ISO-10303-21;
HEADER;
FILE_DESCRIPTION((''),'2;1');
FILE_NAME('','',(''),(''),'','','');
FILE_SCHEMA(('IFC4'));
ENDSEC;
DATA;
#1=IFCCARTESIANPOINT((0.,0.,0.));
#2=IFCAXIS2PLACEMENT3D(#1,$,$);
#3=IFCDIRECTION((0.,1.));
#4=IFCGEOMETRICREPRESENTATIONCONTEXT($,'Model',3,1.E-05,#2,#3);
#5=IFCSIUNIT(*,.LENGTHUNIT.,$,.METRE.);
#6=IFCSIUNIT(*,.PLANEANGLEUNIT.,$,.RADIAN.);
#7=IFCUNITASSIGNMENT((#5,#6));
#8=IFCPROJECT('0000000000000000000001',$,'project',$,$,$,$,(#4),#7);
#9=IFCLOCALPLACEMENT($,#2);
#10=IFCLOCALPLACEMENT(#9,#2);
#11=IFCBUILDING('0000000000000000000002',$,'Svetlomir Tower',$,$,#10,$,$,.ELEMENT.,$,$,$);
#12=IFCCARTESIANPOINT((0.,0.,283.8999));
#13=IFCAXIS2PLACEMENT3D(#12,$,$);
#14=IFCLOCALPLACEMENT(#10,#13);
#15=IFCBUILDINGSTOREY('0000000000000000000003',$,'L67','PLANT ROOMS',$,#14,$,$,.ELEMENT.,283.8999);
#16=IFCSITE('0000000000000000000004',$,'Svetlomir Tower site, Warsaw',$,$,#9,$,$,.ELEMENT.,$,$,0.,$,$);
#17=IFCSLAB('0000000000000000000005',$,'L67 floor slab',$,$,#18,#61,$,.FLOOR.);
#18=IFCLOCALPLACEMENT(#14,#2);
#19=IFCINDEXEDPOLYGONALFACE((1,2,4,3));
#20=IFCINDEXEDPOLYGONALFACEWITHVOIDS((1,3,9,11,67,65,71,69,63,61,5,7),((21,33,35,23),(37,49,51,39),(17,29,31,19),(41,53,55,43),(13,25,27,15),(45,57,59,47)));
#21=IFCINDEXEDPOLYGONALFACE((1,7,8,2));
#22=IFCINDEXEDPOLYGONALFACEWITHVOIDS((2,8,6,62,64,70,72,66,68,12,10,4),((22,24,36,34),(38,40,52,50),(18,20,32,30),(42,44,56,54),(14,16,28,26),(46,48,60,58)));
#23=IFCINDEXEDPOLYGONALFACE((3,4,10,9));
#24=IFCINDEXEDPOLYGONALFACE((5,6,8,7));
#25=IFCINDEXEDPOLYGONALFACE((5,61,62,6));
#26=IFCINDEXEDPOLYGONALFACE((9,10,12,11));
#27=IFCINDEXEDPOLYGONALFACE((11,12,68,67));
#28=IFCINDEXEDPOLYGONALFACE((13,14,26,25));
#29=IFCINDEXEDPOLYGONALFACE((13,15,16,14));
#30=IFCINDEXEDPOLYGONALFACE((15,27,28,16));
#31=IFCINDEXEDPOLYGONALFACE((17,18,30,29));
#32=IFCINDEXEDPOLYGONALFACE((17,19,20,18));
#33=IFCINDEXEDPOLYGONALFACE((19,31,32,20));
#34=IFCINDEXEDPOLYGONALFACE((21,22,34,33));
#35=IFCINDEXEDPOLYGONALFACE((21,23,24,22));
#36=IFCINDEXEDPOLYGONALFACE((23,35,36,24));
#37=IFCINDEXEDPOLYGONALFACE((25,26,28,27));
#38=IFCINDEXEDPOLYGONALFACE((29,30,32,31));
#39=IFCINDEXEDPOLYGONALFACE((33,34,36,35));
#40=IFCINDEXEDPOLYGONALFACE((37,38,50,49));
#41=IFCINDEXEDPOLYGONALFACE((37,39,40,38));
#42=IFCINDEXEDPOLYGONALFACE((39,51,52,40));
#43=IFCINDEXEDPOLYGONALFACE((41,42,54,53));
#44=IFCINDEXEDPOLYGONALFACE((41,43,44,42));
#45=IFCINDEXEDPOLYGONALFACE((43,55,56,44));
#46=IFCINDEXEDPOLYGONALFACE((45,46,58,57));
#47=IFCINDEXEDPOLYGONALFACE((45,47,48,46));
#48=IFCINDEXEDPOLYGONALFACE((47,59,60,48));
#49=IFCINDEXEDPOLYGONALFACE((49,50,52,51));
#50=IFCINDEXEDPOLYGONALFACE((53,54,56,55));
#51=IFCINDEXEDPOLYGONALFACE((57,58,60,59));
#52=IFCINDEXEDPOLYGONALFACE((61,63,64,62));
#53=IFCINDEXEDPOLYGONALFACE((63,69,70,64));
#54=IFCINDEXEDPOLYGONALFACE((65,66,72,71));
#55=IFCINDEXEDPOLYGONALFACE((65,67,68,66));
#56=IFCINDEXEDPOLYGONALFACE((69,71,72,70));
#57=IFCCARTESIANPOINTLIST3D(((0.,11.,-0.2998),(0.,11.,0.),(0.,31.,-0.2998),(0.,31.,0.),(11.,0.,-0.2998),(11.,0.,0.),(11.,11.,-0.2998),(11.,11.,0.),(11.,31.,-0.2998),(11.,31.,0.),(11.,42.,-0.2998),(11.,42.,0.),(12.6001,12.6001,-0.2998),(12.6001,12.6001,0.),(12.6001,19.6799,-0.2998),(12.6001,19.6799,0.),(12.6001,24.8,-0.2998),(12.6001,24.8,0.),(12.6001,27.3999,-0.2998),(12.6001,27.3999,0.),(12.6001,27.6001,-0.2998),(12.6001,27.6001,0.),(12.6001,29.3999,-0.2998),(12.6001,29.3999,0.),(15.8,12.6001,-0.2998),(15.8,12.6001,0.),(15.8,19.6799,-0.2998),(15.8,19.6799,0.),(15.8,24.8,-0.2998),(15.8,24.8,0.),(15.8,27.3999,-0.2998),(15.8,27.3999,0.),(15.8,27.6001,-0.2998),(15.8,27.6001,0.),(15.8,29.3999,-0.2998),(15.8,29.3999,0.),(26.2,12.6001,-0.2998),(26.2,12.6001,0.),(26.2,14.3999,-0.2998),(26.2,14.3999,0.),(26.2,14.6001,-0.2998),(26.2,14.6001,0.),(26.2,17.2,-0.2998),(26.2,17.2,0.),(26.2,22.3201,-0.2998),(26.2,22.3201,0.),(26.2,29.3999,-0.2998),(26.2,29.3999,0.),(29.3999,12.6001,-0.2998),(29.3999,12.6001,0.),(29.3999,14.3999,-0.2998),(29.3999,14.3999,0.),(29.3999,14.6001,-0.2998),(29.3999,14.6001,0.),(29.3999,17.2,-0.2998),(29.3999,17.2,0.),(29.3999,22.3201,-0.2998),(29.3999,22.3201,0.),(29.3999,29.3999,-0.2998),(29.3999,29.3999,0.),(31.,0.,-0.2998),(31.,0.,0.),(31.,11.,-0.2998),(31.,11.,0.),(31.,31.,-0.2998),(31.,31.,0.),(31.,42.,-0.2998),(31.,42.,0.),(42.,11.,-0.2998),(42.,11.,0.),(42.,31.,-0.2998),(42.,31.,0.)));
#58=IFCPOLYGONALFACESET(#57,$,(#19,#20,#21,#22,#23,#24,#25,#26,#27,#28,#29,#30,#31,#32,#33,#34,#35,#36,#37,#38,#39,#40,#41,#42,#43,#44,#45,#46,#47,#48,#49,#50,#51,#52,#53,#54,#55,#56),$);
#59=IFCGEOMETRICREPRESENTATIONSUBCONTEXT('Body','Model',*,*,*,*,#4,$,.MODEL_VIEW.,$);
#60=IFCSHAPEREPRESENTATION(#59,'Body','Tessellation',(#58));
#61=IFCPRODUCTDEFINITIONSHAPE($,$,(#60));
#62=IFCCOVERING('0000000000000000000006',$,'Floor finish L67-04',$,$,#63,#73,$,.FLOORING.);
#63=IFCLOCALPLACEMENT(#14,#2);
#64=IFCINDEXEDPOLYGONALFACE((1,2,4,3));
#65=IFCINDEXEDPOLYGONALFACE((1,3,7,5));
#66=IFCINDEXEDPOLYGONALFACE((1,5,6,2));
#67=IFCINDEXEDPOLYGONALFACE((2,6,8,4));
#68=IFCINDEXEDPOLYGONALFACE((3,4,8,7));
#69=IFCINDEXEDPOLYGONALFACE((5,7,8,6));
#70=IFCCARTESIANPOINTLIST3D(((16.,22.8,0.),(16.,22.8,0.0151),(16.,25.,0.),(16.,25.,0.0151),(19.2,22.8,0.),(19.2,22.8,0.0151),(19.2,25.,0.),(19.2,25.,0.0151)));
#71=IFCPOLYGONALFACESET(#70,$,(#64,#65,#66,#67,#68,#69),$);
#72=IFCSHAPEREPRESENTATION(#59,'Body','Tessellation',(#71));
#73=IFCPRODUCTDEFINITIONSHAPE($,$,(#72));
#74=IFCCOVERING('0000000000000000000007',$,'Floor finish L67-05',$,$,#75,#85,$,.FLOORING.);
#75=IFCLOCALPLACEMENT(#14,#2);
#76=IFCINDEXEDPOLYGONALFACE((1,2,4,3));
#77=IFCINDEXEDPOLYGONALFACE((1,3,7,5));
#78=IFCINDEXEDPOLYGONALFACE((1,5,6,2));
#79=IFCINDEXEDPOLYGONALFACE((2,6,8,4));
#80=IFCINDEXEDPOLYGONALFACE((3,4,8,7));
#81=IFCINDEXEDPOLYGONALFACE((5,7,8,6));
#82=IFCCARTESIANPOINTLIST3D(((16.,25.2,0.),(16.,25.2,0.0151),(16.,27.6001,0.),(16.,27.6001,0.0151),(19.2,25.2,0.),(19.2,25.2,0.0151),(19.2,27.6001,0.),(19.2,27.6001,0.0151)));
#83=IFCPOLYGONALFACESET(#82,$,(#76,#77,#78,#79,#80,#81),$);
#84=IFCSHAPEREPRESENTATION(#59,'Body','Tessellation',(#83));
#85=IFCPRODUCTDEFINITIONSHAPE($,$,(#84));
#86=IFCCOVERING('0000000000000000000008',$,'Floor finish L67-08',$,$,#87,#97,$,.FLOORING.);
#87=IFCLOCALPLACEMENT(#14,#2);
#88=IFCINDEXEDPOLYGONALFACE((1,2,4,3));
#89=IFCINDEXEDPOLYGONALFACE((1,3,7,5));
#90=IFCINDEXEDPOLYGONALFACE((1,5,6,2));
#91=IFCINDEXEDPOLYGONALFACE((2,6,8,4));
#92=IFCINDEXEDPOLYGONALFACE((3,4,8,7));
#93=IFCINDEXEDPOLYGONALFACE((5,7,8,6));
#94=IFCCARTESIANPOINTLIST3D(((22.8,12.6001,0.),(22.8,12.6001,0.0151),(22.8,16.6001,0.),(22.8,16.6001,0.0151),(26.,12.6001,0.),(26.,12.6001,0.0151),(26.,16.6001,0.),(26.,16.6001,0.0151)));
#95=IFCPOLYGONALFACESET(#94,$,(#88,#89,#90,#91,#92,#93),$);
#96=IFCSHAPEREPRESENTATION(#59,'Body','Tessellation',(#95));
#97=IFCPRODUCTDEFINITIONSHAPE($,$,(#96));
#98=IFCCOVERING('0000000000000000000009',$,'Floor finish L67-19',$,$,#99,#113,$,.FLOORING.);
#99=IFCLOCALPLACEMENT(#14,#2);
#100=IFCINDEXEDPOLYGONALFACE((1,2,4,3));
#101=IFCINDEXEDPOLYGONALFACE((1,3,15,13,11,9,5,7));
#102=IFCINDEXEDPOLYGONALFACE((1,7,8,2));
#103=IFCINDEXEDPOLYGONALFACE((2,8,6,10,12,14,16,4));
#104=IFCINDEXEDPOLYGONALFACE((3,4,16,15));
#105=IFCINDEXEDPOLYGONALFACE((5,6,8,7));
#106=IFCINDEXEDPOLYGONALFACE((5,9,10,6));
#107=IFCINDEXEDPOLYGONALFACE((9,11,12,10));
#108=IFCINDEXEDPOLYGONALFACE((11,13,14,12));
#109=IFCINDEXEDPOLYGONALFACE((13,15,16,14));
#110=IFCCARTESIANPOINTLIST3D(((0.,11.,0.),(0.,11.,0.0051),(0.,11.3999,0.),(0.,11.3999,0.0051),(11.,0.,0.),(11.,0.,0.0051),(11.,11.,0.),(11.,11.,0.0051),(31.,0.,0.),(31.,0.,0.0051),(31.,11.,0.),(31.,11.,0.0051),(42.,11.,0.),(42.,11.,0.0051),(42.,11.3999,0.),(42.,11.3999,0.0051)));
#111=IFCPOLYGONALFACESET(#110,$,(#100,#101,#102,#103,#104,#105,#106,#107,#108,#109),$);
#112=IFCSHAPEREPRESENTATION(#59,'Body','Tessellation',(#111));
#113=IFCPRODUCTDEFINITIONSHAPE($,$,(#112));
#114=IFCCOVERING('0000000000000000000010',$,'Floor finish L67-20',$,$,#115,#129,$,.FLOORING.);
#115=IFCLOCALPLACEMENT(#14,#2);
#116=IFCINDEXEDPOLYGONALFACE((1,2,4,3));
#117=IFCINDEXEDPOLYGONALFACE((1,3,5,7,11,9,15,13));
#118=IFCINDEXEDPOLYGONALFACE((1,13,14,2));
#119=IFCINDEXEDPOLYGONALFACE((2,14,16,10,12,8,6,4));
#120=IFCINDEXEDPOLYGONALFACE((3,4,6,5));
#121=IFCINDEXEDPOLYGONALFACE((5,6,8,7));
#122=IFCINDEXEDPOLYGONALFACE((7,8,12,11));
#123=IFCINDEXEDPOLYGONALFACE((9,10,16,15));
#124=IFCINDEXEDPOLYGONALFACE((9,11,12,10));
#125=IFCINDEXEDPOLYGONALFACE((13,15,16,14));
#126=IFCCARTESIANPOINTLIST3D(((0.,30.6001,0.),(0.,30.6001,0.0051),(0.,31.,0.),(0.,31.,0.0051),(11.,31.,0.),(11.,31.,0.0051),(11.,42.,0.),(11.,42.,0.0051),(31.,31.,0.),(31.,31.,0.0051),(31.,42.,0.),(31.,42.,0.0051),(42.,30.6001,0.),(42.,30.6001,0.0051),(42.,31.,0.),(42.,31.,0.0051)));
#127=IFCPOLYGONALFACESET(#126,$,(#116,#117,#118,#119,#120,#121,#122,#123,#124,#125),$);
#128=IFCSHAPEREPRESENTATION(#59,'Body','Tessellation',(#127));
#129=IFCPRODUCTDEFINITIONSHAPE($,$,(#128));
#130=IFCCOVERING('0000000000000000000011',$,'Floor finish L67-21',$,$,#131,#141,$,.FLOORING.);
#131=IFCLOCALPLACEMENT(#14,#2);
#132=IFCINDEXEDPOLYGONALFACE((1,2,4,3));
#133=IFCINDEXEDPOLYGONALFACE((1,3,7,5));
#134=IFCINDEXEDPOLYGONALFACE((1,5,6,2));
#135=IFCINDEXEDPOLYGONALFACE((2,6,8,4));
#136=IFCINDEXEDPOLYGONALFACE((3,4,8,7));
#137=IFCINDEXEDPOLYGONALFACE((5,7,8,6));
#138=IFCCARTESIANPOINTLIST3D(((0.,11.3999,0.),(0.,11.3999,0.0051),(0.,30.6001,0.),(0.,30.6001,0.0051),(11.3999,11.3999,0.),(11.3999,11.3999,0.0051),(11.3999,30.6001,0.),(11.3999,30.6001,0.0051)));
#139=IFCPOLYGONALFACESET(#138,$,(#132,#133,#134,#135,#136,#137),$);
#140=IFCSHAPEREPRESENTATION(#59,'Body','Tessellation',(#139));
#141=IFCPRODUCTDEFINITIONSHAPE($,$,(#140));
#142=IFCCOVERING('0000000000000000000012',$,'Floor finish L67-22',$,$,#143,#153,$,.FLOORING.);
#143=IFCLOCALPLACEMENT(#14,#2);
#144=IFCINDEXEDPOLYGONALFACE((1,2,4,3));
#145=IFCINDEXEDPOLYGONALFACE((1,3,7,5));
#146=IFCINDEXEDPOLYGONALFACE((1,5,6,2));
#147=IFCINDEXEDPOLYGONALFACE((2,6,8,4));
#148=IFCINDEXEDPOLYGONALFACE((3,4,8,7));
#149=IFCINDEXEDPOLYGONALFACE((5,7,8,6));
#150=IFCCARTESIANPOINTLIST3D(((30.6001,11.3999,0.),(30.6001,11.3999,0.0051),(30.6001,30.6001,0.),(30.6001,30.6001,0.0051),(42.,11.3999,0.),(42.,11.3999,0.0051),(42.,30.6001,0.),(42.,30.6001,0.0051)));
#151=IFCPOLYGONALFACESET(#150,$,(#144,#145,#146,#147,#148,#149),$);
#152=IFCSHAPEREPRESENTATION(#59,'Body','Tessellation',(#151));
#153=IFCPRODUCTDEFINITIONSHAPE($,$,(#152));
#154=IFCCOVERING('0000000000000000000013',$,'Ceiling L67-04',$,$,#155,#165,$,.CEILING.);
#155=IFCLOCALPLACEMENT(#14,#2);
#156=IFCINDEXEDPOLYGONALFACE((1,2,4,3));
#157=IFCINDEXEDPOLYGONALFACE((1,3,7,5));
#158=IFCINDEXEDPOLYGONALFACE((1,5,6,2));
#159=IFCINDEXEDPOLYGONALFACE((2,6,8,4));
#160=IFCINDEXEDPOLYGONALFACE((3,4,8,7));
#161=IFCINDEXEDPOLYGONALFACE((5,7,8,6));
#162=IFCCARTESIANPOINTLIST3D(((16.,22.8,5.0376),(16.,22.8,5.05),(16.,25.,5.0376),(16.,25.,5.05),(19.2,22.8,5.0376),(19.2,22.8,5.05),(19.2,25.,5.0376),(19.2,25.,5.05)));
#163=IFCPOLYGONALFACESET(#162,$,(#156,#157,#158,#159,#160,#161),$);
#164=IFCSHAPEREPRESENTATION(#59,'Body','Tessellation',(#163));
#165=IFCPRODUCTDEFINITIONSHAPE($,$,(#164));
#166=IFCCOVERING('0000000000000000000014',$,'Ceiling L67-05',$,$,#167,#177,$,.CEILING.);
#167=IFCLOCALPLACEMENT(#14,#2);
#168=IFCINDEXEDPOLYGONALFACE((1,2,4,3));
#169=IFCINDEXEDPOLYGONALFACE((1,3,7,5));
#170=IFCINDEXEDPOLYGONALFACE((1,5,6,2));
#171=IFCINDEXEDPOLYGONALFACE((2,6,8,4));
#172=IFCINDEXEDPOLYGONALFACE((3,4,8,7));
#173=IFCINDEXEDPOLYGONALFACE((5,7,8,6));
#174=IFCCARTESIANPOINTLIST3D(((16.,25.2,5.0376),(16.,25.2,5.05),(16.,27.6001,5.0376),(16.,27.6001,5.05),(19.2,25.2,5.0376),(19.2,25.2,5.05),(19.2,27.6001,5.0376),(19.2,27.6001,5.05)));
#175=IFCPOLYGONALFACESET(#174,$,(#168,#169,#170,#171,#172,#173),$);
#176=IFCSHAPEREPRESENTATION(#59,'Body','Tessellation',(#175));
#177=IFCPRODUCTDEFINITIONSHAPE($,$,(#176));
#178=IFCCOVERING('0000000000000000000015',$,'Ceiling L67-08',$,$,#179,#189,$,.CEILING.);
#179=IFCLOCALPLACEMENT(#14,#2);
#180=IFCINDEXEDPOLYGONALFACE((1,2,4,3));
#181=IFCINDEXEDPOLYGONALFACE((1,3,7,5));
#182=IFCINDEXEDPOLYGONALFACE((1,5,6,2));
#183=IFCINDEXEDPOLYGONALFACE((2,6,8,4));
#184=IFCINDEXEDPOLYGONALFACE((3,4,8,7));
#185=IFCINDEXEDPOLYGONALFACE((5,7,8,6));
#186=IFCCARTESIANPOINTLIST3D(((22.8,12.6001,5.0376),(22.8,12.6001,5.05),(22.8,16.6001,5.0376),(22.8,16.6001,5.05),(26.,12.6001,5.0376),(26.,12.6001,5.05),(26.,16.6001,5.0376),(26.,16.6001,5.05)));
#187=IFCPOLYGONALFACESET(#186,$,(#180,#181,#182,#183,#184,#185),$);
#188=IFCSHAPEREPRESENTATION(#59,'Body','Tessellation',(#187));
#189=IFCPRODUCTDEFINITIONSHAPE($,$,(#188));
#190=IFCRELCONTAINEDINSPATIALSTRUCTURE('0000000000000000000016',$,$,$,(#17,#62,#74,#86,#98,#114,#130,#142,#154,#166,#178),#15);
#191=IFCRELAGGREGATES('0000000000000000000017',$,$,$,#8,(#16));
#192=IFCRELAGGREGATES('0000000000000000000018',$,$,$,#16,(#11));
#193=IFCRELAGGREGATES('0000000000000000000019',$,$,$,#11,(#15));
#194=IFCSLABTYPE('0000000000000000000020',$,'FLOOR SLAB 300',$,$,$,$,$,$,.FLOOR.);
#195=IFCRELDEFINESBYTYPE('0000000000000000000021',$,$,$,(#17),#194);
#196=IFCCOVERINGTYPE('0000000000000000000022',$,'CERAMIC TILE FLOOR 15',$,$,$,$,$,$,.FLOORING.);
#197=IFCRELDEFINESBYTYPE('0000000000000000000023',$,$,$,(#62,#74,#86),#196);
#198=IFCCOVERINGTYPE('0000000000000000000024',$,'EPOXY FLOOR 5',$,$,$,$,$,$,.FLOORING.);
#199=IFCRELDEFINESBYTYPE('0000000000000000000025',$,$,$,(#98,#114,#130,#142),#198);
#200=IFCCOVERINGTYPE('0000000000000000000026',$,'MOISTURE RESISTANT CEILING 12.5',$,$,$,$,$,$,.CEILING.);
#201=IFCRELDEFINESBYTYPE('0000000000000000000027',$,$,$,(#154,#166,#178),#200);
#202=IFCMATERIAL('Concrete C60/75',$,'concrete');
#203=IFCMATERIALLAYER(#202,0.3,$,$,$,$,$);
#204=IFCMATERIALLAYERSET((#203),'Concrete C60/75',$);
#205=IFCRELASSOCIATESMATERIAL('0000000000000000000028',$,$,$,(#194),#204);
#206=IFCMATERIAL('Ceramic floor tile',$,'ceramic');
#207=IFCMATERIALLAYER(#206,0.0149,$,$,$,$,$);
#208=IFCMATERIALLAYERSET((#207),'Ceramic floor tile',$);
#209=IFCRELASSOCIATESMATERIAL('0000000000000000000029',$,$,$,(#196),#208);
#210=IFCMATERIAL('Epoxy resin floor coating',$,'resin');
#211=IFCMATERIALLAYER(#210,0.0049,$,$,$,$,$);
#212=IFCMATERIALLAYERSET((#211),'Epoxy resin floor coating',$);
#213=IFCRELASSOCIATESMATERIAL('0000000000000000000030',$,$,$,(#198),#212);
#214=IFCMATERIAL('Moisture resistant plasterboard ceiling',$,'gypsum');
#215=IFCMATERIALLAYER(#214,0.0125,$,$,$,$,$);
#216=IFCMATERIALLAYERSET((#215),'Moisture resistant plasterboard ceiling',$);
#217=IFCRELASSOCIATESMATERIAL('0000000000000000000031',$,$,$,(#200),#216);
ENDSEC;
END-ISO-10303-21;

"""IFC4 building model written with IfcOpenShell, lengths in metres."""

from ifc_helpers import new_model, si_unit, direction, frame, origin, place, context, subcontext, project, spatial, polyline, outline, extrude, material, layer, layer_set, type_object, element, save


model = new_model("IFC4")

# Units and contexts
model_context = context("Model", 3, precision=1e-05, world=origin(), true_north=direction((0.0, 1.0)))
body_context = subcontext(model_context, "Body", "Model", "MODEL_VIEW")
ifc_project = project(units=[si_unit("LENGTHUNIT", "METRE"), si_unit("PLANEANGLEUNIT", "RADIAN")], contexts=[model_context])

# Site, building, storey
site_placement = place(None, origin())
site = spatial("IfcSite", under=ifc_project, at=site_placement, Name="Svetlomir Tower site, Warsaw", CompositionType="ELEMENT", RefElevation=0.0)
building_placement = place(site_placement, origin())
building = spatial("IfcBuilding", under=site, at=building_placement, Name="Svetlomir Tower", CompositionType="ELEMENT")
storey_placement = place(building_placement, frame((0.0, 0.0, 283.8999)))
storey = spatial("IfcBuildingStorey", under=building, at=storey_placement, Name="L67", Description="PLANT ROOMS", CompositionType="ELEMENT", Elevation=283.8999)

# Slab
ifc_material_1 = material(Name="Concrete C60/75", Category="concrete")
ifc_layer_1 = layer(ifc_material_1, 0.3)
ifc_layer_set_1 = layer_set([ifc_layer_1], Name="Concrete C60/75")
slab_type = type_object("IfcSlabType", Name="FLOOR SLAB 300", PredefinedType="FLOOR", material=ifc_layer_set_1)
slab_placement = place(storey_placement, frame((0.0, 0.0, -0.2998)))
element("IfcSlab", 1, at=slab_placement, inside=storey, type_object=slab_type, Name="L67 floor slab", PredefinedType="FLOOR", context=body_context, shape_type="SweptSolid", body=[
    extrude(outline(polyline([(11.0, 0.0), (31.0, 0.0), (31.0, 11.0), (42.0, 11.0), (42.0, 31.0), (31.0, 31.0), (31.0, 42.0), (11.0, 42.0), (11.0, 31.0), (0.0, 31.0), (0.0, 11.0), (11.0, 11.0), (11.0, 0.0)]), holes=[polyline([(12.6001, 24.8), (15.8, 24.8), (15.8, 27.3999), (12.6001, 27.3999), (12.6001, 24.8)]), polyline([(26.2, 14.6001), (29.3999, 14.6001), (29.3999, 17.2), (26.2, 17.2), (26.2, 14.6001)]), polyline([(12.6001, 27.6001), (15.8, 27.6001), (15.8, 29.3999), (12.6001, 29.3999), (12.6001, 27.6001)]), polyline([(26.2, 12.6001), (29.3999, 12.6001), (29.3999, 14.3999), (26.2, 14.3999), (26.2, 12.6001)]), polyline([(12.6001, 12.6001), (15.8, 12.6001), (15.8, 19.6799), (12.6001, 19.6799), (12.6001, 12.6001)]), polyline([(26.2, 22.3201), (29.3999, 22.3201), (29.3999, 29.3999), (26.2, 29.3999), (26.2, 22.3201)])]), origin(), (0.0, 0.0, 1.0), 0.2998),
])

# Coverings
ifc_material_2 = material(Name="Ceramic floor tile", Category="ceramic")
ifc_layer_2 = layer(ifc_material_2, 0.0149)
ifc_layer_set_2 = layer_set([ifc_layer_2], Name="Ceramic floor tile")
covering_type_1 = type_object("IfcCoveringType", Name="CERAMIC TILE FLOOR 15", PredefinedType="FLOORING", material=ifc_layer_set_2)
covering_1_placement = place(storey_placement, origin())
element("IfcCovering", 2, at=covering_1_placement, inside=storey, type_object=covering_type_1, Name="Floor finish L67-04", PredefinedType="FLOORING", context=body_context, shape_type="SweptSolid", body=[
    extrude(outline(polyline([(16.0, 22.8), (19.2, 22.8), (19.2, 25.0), (16.0, 25.0), (16.0, 22.8)])), origin(), (0.0, 0.0, 1.0), 0.0151),
])
covering_2_placement = place(storey_placement, origin())
element("IfcCovering", 3, at=covering_2_placement, inside=storey, type_object=covering_type_1, Name="Floor finish L67-05", PredefinedType="FLOORING", context=body_context, shape_type="SweptSolid", body=[
    extrude(outline(polyline([(16.0, 25.2), (19.2, 25.2), (19.2, 27.6001), (16.0, 27.6001), (16.0, 25.2)])), origin(), (0.0, 0.0, 1.0), 0.0151),
])
covering_3_placement = place(storey_placement, origin())
element("IfcCovering", 4, at=covering_3_placement, inside=storey, type_object=covering_type_1, Name="Floor finish L67-08", PredefinedType="FLOORING", context=body_context, shape_type="SweptSolid", body=[
    extrude(outline(polyline([(22.8, 12.6001), (26.0, 12.6001), (26.0, 16.6001), (22.8, 16.6001), (22.8, 12.6001)])), origin(), (0.0, 0.0, 1.0), 0.0151),
])
ifc_material_3 = material(Name="Epoxy resin floor coating", Category="resin")
ifc_layer_3 = layer(ifc_material_3, 0.0049)
ifc_layer_set_3 = layer_set([ifc_layer_3], Name="Epoxy resin floor coating")
covering_type_2 = type_object("IfcCoveringType", Name="EPOXY FLOOR 5", PredefinedType="FLOORING", material=ifc_layer_set_3)
covering_4_placement = place(storey_placement, origin())
element("IfcCovering", 5, at=covering_4_placement, inside=storey, type_object=covering_type_2, Name="Floor finish L67-19", PredefinedType="FLOORING", context=body_context, shape_type="SweptSolid", body=[
    extrude(outline(polyline([(31.0, 11.0), (31.0, 0.0), (11.0, 0.0), (11.0, 11.0), (0.0, 11.0), (0.0, 11.3999), (42.0, 11.3999), (42.0, 11.0), (31.0, 11.0)])), origin(), (0.0, 0.0, 1.0), 0.0051),
])
covering_5_placement = place(storey_placement, origin())
element("IfcCovering", 6, at=covering_5_placement, inside=storey, type_object=covering_type_2, Name="Floor finish L67-20", PredefinedType="FLOORING", context=body_context, shape_type="SweptSolid", body=[
    extrude(outline(polyline([(11.0, 31.0), (11.0, 42.0), (31.0, 42.0), (31.0, 31.0), (42.0, 31.0), (42.0, 30.6001), (0.0, 30.6001), (0.0, 31.0), (11.0, 31.0)])), origin(), (0.0, 0.0, 1.0), 0.0051),
])
covering_6_placement = place(storey_placement, origin())
element("IfcCovering", 7, at=covering_6_placement, inside=storey, type_object=covering_type_2, Name="Floor finish L67-21", PredefinedType="FLOORING", context=body_context, shape_type="SweptSolid", body=[
    extrude(outline(polyline([(11.3999, 30.6001), (11.3999, 11.3999), (0.0, 11.3999), (0.0, 30.6001), (11.3999, 30.6001)])), origin(), (0.0, 0.0, 1.0), 0.0051),
])
covering_7_placement = place(storey_placement, origin())
element("IfcCovering", 8, at=covering_7_placement, inside=storey, type_object=covering_type_2, Name="Floor finish L67-22", PredefinedType="FLOORING", context=body_context, shape_type="SweptSolid", body=[
    extrude(outline(polyline([(30.6001, 11.3999), (30.6001, 30.6001), (42.0, 30.6001), (42.0, 11.3999), (30.6001, 11.3999)])), origin(), (0.0, 0.0, 1.0), 0.0051),
])
ifc_material_4 = material(Name="Moisture resistant plasterboard ceiling", Category="gypsum")
ifc_layer_4 = layer(ifc_material_4, 0.0125)
ifc_layer_set_4 = layer_set([ifc_layer_4], Name="Moisture resistant plasterboard ceiling")
covering_type_3 = type_object("IfcCoveringType", Name="MOISTURE RESISTANT CEILING 12.5", PredefinedType="CEILING", material=ifc_layer_set_4)
covering_8_placement = place(storey_placement, frame((0.0, 0.0, 5.0376)))
element("IfcCovering", 9, at=covering_8_placement, inside=storey, type_object=covering_type_3, Name="Ceiling L67-04", PredefinedType="CEILING", context=body_context, shape_type="SweptSolid", body=[
    extrude(outline(polyline([(16.0, 22.8), (19.2, 22.8), (19.2, 25.0), (16.0, 25.0), (16.0, 22.8)])), origin(), (0.0, 0.0, 1.0), 0.0125),
])
covering_9_placement = place(storey_placement, frame((0.0, 0.0, 5.0376)))
element("IfcCovering", 10, at=covering_9_placement, inside=storey, type_object=covering_type_3, Name="Ceiling L67-05", PredefinedType="CEILING", context=body_context, shape_type="SweptSolid", body=[
    extrude(outline(polyline([(16.0, 25.2), (19.2, 25.2), (19.2, 27.6001), (16.0, 27.6001), (16.0, 25.2)])), origin(), (0.0, 0.0, 1.0), 0.0125),
])
covering_10_placement = place(storey_placement, frame((0.0, 0.0, 5.0376)))
element("IfcCovering", 11, at=covering_10_placement, inside=storey, type_object=covering_type_3, Name="Ceiling L67-08", PredefinedType="CEILING", context=body_context, shape_type="SweptSolid", body=[
    extrude(outline(polyline([(22.8, 12.6001), (26.0, 12.6001), (26.0, 16.6001), (22.8, 16.6001), (22.8, 12.6001)])), origin(), (0.0, 0.0, 1.0), 0.0125),
])

save(model, "model.ifc")
